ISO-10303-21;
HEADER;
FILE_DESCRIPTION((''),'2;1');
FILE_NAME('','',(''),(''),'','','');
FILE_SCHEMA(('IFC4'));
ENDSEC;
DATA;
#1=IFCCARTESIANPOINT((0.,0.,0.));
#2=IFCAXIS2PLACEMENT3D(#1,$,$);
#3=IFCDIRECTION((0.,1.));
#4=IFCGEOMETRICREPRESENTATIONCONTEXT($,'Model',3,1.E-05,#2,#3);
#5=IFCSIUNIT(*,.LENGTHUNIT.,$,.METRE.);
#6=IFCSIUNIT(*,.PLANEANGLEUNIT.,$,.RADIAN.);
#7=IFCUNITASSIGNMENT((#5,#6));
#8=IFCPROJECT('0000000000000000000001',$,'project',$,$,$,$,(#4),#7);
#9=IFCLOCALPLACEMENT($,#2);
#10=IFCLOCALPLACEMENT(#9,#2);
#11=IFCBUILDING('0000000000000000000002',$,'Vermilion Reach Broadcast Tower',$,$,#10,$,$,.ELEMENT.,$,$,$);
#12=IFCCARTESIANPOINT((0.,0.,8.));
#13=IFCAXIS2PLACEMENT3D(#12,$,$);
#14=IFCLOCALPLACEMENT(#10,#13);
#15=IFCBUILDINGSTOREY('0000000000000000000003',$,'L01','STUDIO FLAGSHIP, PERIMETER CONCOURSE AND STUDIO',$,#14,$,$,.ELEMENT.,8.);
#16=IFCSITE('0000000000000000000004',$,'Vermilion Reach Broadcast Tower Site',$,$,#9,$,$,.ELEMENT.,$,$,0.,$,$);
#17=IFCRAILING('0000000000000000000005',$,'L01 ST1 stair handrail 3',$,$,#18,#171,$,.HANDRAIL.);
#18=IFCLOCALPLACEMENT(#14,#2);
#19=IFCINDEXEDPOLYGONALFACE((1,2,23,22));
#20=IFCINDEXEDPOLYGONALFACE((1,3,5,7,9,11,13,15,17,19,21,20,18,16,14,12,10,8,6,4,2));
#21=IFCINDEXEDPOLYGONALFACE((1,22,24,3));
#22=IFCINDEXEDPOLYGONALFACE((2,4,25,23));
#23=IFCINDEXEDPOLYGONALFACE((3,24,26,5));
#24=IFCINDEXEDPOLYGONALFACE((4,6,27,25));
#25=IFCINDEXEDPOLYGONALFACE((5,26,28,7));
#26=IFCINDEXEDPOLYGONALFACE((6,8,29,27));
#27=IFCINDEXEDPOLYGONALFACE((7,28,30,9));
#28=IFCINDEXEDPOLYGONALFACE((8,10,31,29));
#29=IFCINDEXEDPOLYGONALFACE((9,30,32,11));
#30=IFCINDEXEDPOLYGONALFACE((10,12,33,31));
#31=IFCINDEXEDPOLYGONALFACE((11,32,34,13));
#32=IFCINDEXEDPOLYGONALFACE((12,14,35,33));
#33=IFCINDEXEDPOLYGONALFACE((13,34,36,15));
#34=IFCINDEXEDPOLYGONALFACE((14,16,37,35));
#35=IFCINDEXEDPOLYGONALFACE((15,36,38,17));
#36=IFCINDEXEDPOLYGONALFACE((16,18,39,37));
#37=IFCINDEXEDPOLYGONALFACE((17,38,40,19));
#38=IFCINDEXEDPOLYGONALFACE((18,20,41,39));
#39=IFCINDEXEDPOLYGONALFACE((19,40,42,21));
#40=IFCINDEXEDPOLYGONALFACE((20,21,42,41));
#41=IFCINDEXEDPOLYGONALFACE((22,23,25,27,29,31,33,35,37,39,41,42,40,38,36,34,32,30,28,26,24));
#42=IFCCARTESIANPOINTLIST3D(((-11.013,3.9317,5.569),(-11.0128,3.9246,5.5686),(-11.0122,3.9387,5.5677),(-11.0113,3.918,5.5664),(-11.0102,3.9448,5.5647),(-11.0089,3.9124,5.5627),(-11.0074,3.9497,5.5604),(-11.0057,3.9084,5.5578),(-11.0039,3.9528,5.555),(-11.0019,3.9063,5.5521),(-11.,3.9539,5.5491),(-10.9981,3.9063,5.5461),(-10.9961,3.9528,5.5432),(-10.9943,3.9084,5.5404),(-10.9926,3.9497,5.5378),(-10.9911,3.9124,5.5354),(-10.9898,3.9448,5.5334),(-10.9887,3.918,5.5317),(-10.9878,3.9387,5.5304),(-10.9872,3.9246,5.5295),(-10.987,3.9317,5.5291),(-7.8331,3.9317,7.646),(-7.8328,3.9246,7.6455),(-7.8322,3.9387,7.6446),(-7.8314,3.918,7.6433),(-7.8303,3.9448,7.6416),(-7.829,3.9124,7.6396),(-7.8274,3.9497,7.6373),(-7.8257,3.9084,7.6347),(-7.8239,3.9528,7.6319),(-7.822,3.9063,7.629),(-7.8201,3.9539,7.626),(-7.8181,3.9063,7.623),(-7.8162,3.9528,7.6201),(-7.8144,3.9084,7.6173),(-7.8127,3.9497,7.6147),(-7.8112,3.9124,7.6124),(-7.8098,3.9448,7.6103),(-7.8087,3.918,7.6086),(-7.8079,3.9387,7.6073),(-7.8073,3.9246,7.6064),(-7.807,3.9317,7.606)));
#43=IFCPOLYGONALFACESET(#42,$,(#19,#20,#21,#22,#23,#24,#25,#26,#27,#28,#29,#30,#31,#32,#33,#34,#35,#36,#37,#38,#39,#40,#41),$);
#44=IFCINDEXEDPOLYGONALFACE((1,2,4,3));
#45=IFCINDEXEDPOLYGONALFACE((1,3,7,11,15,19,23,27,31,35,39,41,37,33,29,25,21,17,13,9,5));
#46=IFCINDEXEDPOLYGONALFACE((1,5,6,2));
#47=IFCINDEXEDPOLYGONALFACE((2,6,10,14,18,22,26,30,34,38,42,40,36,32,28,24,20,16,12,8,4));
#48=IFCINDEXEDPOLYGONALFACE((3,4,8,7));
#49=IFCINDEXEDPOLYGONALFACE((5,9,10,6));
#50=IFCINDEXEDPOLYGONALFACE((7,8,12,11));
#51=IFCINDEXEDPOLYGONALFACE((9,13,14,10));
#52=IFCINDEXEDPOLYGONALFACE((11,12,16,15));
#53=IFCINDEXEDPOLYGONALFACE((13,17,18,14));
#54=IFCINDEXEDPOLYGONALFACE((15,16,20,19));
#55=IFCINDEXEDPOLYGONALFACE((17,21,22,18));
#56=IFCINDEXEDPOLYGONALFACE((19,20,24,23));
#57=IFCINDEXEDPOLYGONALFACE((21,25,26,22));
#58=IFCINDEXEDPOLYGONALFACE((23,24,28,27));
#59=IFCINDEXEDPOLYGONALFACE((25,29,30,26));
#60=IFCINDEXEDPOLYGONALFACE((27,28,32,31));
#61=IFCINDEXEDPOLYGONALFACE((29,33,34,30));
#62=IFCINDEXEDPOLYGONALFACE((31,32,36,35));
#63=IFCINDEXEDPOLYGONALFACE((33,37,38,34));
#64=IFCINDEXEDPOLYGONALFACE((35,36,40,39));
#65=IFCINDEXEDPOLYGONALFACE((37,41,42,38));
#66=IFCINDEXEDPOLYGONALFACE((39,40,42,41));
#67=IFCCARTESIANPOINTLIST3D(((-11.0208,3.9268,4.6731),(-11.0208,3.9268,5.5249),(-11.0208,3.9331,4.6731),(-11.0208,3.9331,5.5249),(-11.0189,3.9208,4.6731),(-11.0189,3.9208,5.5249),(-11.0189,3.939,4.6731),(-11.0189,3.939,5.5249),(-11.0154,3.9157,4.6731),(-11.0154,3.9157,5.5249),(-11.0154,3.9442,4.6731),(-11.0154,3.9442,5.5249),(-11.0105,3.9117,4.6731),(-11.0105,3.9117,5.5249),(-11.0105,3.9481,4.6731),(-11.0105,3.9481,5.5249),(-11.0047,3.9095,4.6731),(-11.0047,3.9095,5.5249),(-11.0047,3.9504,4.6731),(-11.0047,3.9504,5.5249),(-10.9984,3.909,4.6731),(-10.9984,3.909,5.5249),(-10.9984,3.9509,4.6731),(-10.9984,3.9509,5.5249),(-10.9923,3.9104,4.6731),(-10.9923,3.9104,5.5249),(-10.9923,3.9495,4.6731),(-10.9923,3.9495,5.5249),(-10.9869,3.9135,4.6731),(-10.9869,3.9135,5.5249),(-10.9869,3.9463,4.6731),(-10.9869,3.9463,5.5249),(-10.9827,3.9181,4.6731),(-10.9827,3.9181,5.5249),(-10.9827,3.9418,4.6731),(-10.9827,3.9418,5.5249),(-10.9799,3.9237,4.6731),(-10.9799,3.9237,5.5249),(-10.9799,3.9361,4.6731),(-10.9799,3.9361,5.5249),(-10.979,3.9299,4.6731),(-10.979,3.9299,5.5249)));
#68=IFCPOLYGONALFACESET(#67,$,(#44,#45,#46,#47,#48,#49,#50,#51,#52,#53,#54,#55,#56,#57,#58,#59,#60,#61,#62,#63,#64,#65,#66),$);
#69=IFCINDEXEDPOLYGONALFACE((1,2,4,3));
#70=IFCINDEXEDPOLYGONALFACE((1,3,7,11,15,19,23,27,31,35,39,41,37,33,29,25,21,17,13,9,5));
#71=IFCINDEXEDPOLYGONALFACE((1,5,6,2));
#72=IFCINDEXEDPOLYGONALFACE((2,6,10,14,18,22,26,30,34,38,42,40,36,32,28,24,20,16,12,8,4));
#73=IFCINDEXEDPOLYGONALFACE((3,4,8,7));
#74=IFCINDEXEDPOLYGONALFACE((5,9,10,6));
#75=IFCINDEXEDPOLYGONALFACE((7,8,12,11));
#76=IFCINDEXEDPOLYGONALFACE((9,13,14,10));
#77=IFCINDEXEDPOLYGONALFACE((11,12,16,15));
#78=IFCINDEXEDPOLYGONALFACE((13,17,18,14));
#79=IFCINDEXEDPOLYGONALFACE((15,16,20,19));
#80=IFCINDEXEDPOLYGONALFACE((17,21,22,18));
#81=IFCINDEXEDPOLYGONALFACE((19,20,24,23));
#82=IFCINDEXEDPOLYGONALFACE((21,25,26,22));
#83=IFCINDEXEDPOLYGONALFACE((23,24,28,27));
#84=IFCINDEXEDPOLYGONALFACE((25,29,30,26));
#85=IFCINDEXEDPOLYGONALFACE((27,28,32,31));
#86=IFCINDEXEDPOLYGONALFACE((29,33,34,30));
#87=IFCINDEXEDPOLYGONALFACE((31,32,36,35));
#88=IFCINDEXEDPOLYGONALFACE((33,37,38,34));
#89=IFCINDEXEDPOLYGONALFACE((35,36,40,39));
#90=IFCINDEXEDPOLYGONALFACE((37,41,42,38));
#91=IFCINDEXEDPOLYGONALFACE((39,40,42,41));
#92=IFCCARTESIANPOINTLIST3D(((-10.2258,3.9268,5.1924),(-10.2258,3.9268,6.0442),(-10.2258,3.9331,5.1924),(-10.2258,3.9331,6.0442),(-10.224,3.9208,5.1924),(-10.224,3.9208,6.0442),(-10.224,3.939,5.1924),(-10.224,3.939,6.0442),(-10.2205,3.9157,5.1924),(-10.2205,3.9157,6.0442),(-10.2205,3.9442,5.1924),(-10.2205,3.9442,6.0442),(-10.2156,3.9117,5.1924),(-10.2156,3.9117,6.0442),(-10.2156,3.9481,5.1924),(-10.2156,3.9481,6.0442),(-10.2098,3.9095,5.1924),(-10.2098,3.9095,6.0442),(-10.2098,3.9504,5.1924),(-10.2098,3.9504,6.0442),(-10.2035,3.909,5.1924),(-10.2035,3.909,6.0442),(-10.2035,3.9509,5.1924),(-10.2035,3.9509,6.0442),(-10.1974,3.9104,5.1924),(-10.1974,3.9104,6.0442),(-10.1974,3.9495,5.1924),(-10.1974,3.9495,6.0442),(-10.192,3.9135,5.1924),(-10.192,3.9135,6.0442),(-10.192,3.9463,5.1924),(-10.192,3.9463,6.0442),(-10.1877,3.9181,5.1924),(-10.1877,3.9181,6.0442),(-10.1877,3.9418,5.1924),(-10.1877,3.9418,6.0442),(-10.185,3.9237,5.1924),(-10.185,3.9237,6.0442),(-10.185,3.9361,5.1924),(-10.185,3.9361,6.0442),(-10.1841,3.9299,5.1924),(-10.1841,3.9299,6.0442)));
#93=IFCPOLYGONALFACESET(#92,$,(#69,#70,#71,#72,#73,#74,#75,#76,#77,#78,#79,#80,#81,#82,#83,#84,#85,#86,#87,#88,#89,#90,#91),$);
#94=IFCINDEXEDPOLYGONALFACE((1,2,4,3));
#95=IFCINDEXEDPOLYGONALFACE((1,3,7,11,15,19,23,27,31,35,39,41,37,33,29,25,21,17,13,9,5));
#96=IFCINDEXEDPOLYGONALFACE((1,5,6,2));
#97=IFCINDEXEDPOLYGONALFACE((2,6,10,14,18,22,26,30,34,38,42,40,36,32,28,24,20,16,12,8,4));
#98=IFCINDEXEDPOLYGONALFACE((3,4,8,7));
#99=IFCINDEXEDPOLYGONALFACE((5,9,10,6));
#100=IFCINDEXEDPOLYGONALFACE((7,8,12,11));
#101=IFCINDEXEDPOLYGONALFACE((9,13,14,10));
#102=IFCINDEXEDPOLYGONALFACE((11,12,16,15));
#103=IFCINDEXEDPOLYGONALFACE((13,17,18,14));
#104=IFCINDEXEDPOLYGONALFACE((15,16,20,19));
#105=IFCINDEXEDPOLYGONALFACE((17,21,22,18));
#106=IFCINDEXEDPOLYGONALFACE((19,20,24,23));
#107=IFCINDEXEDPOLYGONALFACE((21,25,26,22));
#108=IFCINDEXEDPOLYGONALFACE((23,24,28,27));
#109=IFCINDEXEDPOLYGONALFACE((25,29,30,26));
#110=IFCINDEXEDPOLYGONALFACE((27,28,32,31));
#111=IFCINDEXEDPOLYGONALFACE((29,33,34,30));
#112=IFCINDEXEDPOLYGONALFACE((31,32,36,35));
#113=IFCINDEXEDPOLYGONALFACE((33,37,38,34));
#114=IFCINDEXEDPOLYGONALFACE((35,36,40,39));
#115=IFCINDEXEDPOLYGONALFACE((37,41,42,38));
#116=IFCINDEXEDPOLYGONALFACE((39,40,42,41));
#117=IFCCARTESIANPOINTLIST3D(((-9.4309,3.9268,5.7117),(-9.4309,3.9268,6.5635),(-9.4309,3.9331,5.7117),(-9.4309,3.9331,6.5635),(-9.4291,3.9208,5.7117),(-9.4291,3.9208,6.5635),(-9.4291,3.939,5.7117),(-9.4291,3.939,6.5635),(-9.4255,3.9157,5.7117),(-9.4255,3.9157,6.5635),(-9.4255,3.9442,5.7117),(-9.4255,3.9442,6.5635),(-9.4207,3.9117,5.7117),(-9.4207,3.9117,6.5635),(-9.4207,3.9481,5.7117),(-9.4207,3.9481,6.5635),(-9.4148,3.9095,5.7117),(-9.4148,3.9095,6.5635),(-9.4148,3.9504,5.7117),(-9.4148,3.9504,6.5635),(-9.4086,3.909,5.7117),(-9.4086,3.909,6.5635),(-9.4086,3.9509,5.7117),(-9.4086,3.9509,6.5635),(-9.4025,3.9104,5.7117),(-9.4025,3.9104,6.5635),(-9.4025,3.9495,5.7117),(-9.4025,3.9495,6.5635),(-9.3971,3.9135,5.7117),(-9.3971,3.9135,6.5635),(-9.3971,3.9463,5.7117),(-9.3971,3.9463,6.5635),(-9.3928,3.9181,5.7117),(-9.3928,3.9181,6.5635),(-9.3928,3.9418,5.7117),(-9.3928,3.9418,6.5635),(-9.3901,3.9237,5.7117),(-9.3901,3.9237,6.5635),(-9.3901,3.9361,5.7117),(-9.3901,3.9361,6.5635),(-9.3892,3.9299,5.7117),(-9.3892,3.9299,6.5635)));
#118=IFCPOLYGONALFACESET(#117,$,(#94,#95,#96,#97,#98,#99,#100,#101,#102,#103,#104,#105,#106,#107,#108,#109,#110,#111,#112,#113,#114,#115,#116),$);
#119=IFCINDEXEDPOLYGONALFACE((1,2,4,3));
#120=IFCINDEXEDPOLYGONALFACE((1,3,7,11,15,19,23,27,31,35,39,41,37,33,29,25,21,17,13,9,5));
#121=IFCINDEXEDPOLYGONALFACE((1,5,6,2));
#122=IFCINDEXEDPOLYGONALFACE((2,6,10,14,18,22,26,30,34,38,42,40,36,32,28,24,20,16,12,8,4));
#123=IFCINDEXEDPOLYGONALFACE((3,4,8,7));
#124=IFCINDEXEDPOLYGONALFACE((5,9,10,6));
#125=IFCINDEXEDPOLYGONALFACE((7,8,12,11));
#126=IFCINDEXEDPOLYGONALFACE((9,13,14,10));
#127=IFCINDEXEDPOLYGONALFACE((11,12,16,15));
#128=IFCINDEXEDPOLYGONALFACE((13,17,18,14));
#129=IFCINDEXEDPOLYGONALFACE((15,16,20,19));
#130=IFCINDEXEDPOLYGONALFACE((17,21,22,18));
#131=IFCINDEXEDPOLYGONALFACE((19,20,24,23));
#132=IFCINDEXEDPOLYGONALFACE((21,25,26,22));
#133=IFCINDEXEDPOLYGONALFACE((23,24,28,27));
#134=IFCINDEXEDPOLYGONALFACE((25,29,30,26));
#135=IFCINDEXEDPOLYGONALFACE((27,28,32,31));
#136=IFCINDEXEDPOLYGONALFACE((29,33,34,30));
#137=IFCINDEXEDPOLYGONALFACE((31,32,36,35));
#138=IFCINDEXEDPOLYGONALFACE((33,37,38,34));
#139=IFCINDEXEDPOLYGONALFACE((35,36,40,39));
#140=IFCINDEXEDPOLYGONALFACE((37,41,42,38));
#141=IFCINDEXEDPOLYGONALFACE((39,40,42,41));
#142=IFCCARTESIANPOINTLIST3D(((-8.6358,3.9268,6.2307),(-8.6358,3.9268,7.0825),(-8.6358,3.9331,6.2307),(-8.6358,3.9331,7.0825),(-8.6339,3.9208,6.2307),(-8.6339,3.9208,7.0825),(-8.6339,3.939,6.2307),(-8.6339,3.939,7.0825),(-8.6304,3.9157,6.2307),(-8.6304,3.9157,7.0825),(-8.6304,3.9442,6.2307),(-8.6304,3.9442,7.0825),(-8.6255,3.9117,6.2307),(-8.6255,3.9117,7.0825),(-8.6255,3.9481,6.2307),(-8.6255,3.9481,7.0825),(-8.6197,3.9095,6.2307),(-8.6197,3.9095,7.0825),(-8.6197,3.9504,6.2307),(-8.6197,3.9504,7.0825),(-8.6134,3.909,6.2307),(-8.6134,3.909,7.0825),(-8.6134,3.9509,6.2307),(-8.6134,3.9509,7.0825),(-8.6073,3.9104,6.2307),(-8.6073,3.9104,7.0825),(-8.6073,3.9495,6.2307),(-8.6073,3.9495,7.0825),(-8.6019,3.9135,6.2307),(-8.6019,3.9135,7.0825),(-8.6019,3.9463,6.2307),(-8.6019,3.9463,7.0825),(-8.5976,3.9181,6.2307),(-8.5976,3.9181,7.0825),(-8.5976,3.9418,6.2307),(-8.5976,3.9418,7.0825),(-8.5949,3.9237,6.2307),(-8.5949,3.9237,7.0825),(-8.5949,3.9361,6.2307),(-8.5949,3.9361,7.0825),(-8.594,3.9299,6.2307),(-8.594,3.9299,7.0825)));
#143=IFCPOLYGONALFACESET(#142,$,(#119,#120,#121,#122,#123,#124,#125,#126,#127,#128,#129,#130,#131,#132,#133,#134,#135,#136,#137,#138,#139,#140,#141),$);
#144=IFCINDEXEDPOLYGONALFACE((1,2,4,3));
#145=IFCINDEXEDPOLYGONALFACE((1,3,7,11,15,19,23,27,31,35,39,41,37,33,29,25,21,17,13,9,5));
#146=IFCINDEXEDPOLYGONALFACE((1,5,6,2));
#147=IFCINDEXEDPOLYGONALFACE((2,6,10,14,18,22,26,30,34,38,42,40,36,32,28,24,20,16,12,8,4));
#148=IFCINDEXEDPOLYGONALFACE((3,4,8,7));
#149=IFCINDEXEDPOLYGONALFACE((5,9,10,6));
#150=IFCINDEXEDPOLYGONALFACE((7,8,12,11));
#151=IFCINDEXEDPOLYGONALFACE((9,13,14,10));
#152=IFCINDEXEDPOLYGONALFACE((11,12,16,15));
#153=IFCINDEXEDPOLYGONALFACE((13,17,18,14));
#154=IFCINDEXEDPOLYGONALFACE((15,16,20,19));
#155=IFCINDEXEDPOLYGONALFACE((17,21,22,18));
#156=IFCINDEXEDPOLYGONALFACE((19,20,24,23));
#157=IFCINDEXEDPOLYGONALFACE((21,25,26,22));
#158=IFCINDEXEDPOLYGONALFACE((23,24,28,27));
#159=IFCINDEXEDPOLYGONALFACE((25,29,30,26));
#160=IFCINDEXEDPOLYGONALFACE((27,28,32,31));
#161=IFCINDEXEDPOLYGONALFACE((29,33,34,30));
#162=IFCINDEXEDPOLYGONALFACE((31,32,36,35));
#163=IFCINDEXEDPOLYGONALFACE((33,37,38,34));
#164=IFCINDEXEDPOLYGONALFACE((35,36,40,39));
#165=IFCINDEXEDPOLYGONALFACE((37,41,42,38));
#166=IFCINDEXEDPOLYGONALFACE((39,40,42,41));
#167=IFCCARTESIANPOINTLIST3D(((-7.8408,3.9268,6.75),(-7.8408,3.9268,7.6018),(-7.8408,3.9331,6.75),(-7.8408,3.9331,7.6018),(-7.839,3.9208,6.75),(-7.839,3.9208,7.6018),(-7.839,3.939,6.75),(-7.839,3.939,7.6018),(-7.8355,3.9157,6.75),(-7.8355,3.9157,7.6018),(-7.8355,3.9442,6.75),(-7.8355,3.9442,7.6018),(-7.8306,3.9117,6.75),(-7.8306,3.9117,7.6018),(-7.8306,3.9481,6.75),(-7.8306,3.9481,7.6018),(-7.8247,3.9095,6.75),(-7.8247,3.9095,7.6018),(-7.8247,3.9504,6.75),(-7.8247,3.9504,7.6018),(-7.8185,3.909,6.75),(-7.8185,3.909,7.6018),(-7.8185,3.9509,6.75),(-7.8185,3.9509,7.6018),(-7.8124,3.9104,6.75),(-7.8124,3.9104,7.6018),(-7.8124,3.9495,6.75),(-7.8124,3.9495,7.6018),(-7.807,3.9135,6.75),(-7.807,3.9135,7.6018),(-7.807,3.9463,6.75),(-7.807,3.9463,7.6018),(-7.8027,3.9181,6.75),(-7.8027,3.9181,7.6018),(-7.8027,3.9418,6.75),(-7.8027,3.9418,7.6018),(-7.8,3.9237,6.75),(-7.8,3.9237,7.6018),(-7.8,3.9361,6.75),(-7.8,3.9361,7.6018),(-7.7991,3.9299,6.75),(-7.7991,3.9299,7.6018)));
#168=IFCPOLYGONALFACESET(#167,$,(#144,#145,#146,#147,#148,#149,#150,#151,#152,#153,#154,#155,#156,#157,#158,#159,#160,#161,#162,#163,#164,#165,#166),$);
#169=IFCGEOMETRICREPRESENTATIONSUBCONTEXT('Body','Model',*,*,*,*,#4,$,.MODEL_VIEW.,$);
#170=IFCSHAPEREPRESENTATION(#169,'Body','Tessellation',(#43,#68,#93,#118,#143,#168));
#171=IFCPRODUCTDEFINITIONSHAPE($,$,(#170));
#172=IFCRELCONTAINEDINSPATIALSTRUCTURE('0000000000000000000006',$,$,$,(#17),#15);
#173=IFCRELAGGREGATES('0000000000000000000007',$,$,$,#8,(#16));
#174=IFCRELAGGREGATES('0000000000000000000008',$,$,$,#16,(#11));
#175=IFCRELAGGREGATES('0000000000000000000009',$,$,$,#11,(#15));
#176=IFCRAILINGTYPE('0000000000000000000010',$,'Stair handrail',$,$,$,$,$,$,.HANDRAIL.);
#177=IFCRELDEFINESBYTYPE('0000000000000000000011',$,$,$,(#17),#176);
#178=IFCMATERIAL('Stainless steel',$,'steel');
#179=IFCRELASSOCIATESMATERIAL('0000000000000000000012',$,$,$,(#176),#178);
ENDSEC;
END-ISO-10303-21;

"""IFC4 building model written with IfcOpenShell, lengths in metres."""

from ifc_helpers import new_model, si_unit, direction, frame, origin, origin_2d, place, context, subcontext, project, spatial, circle, extrude, material, type_object, element, save


model = new_model("IFC4")

# Units and contexts
model_context = context("Model", 3, precision=1e-05, world=origin(), true_north=direction((0.0, 1.0)))
body_context = subcontext(model_context, "Body", "Model", "MODEL_VIEW")
ifc_project = project(units=[si_unit("LENGTHUNIT", "METRE"), si_unit("PLANEANGLEUNIT", "RADIAN")], contexts=[model_context])

# Site, building, storey
site_placement = place(None, origin())
site = spatial("IfcSite", under=ifc_project, at=site_placement, Name="Vermilion Reach Broadcast Tower Site", CompositionType="ELEMENT", RefElevation=0.0)
building_placement = place(site_placement, origin())
building = spatial("IfcBuilding", under=site, at=building_placement, Name="Vermilion Reach Broadcast Tower", CompositionType="ELEMENT")
storey_placement = place(building_placement, frame((0.0, 0.0, 8.0)))
storey = spatial("IfcBuildingStorey", under=building, at=storey_placement, Name="L01", Description="STUDIO FLAGSHIP, PERIMETER CONCOURSE AND STUDIO", CompositionType="ELEMENT", Elevation=8.0)

# Railing
ifc_material_1 = material(Name="Stainless steel", Category="steel")
railing_type_1 = type_object("IfcRailingType", Name="Stair handrail", PredefinedType="HANDRAIL", material=ifc_material_1)
for number, where, name in (
    (1, (-11.0, 3.9299, 4.6731), "L01 ST1 stair handrail 3"),
):
    element("IfcRailing", number, at=place(storey_placement, frame(where)), inside=storey, type_object=railing_type_1, Name=name, PredefinedType="HANDRAIL", context=body_context, shape_type="SweptSolid", body=[
        extrude(circle(Radius=0.0239, at=origin_2d()), frame((0.0, 0.0, 0.876), z_axis=(0.837245, 0.0, 0.546828), x_axis=(0.0, 1.0, 0.0)), (0.0, 0.0, 1.0), 3.7981),
        extrude(circle(Radius=0.021, at=origin_2d()), origin(), (0.0, 0.0, 1.0), 0.8518),
        extrude(circle(Radius=0.021, at=origin_2d()), frame((0.7949, 0.0, 0.5193)), (0.0, 0.0, 1.0), 0.8518),
        extrude(circle(Radius=0.021, at=origin_2d()), frame((1.5898, 0.0, 1.0386)), (0.0, 0.0, 1.0), 0.8518),
        extrude(circle(Radius=0.021, at=origin_2d()), frame((2.385, 0.0, 1.5576)), (0.0, 0.0, 1.0), 0.8518),
        extrude(circle(Radius=0.021, at=origin_2d()), frame((3.1799, 0.0, 2.0769)), (0.0, 0.0, 1.0), 0.8518),
    ])

save(model, "model.ifc")
